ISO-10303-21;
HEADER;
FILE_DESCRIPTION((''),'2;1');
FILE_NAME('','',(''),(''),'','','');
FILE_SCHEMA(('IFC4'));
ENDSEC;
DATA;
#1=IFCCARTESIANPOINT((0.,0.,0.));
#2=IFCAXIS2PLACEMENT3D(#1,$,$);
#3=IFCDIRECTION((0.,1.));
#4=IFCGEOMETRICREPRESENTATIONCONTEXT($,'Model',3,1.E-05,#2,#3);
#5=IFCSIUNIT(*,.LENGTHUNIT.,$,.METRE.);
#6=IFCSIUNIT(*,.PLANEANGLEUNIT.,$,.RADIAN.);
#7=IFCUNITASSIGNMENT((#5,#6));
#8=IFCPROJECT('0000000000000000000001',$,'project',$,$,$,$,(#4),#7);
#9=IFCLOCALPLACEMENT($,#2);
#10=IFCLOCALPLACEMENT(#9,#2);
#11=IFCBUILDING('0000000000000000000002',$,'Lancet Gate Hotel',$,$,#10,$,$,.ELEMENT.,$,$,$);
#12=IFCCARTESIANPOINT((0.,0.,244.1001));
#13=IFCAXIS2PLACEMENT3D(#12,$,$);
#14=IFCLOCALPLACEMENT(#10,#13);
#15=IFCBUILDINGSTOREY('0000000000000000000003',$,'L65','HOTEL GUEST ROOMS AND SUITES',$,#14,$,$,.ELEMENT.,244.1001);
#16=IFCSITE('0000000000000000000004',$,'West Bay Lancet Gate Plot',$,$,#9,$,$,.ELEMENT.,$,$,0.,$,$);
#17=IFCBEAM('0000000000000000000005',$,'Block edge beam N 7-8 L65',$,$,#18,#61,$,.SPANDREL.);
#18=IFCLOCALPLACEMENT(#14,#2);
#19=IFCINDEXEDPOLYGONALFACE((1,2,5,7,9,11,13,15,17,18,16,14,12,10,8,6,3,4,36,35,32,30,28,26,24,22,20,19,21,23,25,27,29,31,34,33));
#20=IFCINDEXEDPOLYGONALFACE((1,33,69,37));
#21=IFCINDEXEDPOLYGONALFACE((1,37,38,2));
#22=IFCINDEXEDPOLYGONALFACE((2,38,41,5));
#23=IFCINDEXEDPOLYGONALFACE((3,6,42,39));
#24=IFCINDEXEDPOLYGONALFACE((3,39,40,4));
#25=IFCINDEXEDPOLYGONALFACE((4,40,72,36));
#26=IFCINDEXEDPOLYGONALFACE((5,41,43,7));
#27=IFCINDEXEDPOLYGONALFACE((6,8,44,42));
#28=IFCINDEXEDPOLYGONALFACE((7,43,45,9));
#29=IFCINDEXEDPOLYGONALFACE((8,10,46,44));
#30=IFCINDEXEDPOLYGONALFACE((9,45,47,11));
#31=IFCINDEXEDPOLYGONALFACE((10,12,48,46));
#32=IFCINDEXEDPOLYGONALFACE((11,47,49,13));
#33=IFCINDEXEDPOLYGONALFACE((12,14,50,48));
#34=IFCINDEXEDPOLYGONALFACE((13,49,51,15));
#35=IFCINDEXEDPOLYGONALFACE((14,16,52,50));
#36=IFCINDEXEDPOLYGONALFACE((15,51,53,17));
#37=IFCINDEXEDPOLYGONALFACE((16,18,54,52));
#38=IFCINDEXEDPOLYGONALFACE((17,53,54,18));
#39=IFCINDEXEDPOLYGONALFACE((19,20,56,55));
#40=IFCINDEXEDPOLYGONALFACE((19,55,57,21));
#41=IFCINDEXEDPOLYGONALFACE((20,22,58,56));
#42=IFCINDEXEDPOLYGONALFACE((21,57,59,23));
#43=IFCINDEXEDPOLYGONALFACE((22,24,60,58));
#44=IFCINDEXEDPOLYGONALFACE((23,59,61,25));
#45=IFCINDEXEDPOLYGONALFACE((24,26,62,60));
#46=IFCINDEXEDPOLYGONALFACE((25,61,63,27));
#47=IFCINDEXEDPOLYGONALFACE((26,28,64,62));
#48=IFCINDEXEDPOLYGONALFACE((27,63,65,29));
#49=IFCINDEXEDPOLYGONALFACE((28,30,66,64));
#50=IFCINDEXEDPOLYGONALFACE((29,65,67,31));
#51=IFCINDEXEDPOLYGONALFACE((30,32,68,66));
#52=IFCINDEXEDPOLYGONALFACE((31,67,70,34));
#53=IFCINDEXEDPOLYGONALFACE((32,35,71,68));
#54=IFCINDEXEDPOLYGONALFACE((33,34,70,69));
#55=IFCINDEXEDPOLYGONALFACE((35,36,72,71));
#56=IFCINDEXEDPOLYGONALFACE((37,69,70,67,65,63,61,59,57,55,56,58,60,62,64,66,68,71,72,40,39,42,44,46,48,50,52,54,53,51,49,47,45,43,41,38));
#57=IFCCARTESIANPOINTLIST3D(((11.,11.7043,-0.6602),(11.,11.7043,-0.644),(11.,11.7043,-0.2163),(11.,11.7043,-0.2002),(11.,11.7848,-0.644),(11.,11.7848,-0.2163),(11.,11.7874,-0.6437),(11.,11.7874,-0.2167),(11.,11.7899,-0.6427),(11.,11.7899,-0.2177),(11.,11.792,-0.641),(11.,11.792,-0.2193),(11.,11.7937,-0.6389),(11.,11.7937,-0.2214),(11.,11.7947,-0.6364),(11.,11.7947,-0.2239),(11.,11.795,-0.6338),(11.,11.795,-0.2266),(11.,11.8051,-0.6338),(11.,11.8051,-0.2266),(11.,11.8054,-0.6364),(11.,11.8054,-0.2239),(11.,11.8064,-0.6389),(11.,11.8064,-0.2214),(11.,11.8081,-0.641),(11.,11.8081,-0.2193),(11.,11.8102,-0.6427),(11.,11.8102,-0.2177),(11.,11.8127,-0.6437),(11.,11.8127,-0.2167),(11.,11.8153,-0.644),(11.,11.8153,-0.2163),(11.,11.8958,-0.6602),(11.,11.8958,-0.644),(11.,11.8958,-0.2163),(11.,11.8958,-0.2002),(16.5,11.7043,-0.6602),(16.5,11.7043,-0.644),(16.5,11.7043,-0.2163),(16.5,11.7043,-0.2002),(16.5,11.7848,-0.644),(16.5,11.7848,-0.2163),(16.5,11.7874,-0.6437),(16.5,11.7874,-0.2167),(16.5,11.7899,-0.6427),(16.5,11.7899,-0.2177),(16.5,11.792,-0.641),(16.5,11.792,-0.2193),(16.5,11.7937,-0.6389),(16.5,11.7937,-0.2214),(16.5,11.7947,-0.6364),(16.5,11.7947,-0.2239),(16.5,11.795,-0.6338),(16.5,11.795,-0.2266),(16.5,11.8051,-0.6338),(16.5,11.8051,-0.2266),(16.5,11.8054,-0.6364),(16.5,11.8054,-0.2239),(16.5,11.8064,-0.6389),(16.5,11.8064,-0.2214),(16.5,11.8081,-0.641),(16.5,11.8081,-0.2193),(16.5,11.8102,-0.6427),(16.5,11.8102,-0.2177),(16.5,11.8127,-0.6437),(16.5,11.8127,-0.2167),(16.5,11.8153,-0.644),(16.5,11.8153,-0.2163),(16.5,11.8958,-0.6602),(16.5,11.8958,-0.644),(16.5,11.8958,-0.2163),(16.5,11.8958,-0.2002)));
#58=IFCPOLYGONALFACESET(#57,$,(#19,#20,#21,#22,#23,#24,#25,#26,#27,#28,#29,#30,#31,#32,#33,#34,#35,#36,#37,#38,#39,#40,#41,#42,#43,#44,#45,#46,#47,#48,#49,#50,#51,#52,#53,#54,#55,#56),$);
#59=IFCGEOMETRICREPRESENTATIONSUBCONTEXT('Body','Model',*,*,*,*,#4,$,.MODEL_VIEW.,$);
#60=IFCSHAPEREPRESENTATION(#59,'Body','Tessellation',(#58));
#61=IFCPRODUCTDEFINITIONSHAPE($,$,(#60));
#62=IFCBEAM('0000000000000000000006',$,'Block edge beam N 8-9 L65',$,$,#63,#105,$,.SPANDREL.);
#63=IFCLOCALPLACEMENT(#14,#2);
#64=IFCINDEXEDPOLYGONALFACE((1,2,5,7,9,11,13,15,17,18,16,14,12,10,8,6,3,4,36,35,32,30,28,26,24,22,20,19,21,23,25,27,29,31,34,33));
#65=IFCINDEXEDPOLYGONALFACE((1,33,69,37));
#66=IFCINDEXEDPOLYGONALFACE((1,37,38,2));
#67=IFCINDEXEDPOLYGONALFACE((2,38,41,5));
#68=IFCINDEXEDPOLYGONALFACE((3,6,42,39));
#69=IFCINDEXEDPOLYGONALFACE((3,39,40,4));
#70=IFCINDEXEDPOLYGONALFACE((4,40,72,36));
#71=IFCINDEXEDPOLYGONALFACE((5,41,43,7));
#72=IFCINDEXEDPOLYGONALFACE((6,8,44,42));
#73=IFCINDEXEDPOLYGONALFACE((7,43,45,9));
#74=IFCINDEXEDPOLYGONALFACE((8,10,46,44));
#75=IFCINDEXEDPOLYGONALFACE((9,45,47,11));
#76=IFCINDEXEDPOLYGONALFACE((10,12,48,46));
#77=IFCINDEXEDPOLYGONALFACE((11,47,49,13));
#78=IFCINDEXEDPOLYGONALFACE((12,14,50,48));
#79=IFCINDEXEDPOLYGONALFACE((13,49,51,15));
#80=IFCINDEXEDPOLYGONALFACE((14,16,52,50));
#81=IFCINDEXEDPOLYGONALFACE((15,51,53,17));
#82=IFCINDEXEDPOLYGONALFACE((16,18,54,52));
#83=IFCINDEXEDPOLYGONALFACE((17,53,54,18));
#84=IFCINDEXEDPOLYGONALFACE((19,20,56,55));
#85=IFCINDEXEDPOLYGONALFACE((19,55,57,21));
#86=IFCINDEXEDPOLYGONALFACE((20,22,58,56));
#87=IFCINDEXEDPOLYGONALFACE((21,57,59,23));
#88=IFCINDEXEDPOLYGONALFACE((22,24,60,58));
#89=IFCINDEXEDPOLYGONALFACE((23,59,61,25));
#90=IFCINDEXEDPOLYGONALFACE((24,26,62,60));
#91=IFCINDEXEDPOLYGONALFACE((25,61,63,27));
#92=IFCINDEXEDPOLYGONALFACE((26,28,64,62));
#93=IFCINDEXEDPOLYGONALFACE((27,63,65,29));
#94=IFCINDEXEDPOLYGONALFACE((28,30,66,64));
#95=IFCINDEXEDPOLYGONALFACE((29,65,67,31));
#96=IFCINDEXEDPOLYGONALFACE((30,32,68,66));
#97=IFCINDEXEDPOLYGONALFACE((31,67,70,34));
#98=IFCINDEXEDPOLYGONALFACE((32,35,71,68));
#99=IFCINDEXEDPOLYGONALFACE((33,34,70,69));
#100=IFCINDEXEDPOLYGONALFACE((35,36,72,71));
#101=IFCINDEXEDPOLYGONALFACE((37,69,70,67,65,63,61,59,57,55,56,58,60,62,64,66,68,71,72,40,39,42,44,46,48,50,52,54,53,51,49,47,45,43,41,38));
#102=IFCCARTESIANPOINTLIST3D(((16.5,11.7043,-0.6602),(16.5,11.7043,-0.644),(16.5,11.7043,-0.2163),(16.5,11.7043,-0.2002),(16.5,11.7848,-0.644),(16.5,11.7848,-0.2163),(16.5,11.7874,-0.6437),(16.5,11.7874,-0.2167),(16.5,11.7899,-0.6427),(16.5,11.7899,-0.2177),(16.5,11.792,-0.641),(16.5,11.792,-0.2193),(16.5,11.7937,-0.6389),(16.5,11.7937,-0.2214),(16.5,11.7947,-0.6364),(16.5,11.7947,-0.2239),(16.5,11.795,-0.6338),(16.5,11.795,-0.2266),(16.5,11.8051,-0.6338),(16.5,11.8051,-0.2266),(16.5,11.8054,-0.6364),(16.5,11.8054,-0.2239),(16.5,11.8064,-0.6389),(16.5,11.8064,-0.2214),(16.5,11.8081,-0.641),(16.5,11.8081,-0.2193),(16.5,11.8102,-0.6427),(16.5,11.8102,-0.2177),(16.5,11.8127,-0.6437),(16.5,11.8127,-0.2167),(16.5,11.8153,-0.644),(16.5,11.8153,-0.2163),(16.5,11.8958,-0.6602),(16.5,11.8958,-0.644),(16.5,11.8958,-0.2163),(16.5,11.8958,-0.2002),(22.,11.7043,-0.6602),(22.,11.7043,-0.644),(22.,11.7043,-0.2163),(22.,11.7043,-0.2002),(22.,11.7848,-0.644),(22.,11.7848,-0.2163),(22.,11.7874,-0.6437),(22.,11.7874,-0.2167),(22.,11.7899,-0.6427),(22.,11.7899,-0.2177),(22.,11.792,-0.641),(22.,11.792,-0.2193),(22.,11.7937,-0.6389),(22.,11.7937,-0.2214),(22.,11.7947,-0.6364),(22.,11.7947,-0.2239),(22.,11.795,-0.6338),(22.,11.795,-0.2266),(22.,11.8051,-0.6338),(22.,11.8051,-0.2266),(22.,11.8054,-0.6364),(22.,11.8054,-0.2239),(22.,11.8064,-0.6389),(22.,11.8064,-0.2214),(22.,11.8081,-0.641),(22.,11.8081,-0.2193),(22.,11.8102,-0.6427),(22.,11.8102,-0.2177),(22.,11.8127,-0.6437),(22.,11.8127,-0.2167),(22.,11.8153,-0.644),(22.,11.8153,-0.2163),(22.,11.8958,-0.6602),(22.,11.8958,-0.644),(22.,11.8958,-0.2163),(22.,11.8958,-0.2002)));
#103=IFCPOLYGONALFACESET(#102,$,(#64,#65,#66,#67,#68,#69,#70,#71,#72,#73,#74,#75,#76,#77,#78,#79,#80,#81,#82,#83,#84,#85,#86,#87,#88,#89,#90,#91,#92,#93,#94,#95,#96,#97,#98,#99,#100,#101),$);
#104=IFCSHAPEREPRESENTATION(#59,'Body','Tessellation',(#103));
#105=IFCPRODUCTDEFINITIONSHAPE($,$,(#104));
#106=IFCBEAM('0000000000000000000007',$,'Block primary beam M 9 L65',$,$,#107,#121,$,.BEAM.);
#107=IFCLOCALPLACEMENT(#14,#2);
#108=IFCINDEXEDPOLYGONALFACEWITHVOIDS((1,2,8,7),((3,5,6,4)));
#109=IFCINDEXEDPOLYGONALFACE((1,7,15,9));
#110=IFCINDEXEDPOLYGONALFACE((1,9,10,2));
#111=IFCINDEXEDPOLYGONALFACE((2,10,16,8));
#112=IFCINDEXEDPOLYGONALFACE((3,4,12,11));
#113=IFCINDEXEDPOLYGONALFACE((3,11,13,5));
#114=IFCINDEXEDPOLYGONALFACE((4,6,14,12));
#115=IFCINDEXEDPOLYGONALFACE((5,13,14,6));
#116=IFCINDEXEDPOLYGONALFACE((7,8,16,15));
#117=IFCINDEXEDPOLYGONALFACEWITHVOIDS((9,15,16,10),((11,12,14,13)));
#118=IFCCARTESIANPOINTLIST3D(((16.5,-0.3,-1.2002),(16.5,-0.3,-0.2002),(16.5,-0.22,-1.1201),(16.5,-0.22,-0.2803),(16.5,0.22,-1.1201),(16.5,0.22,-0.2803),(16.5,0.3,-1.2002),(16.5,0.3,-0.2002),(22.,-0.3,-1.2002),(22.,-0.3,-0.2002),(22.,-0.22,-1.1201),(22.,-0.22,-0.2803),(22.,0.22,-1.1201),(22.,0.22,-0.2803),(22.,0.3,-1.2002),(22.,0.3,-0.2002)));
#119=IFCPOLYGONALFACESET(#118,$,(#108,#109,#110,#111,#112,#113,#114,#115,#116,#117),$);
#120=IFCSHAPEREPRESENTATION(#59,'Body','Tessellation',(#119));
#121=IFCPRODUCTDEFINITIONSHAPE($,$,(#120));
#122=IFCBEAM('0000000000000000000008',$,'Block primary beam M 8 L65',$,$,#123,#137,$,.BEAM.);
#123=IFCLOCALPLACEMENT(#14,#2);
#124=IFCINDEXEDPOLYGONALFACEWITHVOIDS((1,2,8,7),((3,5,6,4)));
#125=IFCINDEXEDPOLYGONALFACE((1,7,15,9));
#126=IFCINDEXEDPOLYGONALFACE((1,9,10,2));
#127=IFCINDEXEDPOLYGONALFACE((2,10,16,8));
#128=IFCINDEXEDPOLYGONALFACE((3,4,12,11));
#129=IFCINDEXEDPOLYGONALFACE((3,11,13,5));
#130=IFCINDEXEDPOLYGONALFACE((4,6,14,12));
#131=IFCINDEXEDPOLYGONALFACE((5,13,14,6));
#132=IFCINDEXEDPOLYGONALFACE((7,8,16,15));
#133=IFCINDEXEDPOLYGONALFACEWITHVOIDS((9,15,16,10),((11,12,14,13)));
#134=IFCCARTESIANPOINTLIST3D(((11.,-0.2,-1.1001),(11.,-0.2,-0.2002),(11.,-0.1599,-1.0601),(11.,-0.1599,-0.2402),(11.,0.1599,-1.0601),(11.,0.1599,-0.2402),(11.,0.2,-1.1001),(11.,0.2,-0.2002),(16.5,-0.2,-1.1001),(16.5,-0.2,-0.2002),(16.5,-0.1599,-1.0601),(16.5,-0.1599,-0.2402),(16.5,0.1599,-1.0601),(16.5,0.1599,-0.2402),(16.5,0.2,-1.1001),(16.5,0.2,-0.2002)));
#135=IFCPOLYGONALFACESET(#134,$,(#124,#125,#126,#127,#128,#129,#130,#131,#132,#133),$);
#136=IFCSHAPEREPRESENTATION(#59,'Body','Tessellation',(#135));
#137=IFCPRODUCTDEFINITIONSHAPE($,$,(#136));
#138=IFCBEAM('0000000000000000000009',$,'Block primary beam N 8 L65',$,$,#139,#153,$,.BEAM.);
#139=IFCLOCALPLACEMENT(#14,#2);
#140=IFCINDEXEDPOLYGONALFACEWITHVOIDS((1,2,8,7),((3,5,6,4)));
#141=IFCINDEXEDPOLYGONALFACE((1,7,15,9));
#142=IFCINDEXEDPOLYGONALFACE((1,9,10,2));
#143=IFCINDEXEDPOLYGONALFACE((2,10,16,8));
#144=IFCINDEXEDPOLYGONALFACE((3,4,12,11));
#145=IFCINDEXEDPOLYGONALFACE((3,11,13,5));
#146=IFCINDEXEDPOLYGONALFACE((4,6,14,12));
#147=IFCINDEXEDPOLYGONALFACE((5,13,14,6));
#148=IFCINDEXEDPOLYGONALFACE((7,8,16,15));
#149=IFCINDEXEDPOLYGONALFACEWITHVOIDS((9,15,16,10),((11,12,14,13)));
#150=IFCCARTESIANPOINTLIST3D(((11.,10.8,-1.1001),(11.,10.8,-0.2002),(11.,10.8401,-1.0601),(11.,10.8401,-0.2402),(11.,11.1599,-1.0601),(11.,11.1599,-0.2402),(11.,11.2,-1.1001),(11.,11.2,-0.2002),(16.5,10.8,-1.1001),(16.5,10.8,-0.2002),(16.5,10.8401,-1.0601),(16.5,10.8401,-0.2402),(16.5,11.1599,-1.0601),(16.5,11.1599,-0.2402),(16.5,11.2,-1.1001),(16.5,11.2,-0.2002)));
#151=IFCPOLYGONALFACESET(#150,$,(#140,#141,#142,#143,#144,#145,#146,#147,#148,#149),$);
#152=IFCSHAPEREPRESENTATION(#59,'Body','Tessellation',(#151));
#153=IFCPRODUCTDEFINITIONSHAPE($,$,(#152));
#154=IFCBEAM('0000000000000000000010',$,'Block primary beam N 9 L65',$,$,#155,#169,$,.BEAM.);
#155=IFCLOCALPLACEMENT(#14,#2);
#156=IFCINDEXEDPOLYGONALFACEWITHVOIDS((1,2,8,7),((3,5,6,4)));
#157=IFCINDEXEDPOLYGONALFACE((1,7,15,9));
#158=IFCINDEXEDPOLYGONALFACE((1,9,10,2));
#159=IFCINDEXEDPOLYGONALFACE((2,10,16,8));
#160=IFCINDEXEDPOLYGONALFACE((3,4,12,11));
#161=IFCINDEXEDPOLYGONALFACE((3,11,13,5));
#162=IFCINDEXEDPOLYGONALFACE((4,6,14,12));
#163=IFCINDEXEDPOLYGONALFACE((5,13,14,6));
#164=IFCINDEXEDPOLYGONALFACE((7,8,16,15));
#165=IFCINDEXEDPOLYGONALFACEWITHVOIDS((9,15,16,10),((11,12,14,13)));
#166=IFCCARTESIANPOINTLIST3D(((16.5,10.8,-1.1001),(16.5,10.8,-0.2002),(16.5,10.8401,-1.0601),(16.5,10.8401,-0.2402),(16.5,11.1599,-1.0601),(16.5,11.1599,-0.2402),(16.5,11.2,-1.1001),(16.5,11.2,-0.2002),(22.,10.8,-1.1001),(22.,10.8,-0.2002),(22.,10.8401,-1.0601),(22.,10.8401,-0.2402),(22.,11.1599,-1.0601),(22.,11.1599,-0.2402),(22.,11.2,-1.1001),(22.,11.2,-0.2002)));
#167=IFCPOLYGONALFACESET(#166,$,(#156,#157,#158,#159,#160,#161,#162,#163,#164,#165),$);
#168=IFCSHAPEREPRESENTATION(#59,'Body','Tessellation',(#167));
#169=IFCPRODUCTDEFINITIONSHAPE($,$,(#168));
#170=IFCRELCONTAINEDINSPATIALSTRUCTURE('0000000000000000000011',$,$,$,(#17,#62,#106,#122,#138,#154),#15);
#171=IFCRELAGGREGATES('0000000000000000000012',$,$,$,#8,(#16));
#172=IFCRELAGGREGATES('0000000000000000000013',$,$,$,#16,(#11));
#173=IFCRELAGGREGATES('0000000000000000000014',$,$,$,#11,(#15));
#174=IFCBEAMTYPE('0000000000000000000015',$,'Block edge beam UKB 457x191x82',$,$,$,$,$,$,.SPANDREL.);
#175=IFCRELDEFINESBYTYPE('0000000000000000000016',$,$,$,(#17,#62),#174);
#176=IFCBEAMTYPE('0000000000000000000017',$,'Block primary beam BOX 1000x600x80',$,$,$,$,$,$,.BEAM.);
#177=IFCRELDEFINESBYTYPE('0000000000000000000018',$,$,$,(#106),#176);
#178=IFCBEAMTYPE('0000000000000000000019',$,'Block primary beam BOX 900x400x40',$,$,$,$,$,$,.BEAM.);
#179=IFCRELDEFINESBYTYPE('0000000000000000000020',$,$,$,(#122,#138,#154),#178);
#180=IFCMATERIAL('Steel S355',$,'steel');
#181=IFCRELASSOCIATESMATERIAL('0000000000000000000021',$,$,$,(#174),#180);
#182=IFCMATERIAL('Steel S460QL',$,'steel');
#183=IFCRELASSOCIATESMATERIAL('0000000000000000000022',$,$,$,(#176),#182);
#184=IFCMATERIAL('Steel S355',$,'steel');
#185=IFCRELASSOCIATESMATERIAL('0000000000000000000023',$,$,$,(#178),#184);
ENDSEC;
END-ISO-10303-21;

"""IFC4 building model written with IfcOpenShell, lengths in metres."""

from ifc_helpers import new_model, si_unit, direction, frame, origin, origin_2d, place, context, subcontext, project, spatial, hollow_rectangle, i_section, extrude, material, material_profile, profile_set, type_object, element, save


model = new_model("IFC4")

# Units and contexts
model_context = context("Model", 3, precision=1e-05, world=origin(), true_north=direction((0.0, 1.0)))
body_context = subcontext(model_context, "Body", "Model", "MODEL_VIEW")
ifc_project = project(units=[si_unit("LENGTHUNIT", "METRE"), si_unit("PLANEANGLEUNIT", "RADIAN")], contexts=[model_context])

# Site, building, storey
site_placement = place(None, origin())
site = spatial("IfcSite", under=ifc_project, at=site_placement, Name="West Bay Lancet Gate Plot", CompositionType="ELEMENT", RefElevation=0.0)
building_placement = place(site_placement, origin())
building = spatial("IfcBuilding", under=site, at=building_placement, Name="Lancet Gate Hotel", CompositionType="ELEMENT")
storey_placement = place(building_placement, frame((0.0, 0.0, 244.1001)))
storey = spatial("IfcBuildingStorey", under=building, at=storey_placement, Name="L65", Description="HOTEL GUEST ROOMS AND SUITES", CompositionType="ELEMENT", Elevation=244.1001)

# Beams
ifc_material_1 = material(Name="Steel S355", Category="steel")
ifc_material_profile_1 = material_profile(ifc_material_1, i_section(OverallWidth=0.1914, OverallDepth=0.46, WebThickness=0.01, FlangeThickness=0.0161, FilletRadius=0.0103, at=origin_2d()), Name="UKB 457x191x82")
ifc_profile_set_1 = profile_set([ifc_material_profile_1], Name="Steel S355")
beam_type_1 = type_object("IfcBeamType", Name="Block edge beam UKB 457x191x82", PredefinedType="SPANDREL", material=ifc_profile_set_1)
for number, where, z_axis, x_axis, name in (
    (1, (11.0, 11.8, -0.4302), (1.0, 0.0, 0.0), (0.0, 1.0, 0.0), "Block edge beam N 7-8 L65"),
    (2, (16.5, 11.8, -0.4302), (1.0, 0.0, 0.0), (0.0, 1.0, 0.0), "Block edge beam N 8-9 L65"),
):
    element("IfcBeam", number, at=place(storey_placement, frame(where, z_axis=z_axis, x_axis=x_axis)), inside=storey, type_object=beam_type_1, Name=name, PredefinedType="SPANDREL", context=body_context, shape_type="SweptSolid", body=[
        extrude(i_section(OverallWidth=0.1914, OverallDepth=0.46, WebThickness=0.01, FlangeThickness=0.0161, FilletRadius=0.0103, at=origin_2d()), origin(), (0.0, 0.0, 1.0), 5.5),
    ])
ifc_material_2 = material(Name="Steel S460QL", Category="steel")
ifc_material_profile_2 = material_profile(ifc_material_2, hollow_rectangle(XDim=0.6001, YDim=1.0, WallThickness=0.0801, at=origin_2d()), Name="BOX 1000x600x80")
ifc_profile_set_2 = profile_set([ifc_material_profile_2], Name="Steel S460QL")
beam_type_2 = type_object("IfcBeamType", Name="Block primary beam BOX 1000x600x80", PredefinedType="BEAM", material=ifc_profile_set_2)
beam_1_placement = place(storey_placement, frame((16.5, 0.0, -0.7002), z_axis=(1.0, 0.0, 0.0), x_axis=(0.0, 1.0, 0.0)))
element("IfcBeam", 3, at=beam_1_placement, inside=storey, type_object=beam_type_2, Name="Block primary beam M 9 L65", PredefinedType="BEAM", context=body_context, shape_type="SweptSolid", body=[
    extrude(hollow_rectangle(XDim=0.6001, YDim=1.0, WallThickness=0.0801, at=origin_2d()), origin(), (0.0, 0.0, 1.0), 5.5),
])
ifc_material_3 = material(Name="Steel S355", Category="steel")
ifc_material_profile_3 = material_profile(ifc_material_3, hollow_rectangle(XDim=0.3999, YDim=0.8999, WallThickness=0.04, at=origin_2d()), Name="BOX 900x400x40")
ifc_profile_set_3 = profile_set([ifc_material_profile_3], Name="Steel S355")
beam_type_3 = type_object("IfcBeamType", Name="Block primary beam BOX 900x400x40", PredefinedType="BEAM", material=ifc_profile_set_3)
for number, where, z_axis, x_axis, name in (
    (4, (11.0, 0.0, -0.6501), (1.0, 0.0, 0.0), (0.0, 1.0, 0.0), "Block primary beam M 8 L65"),
    (5, (11.0, 11.0, -0.6501), (1.0, 0.0, 0.0), (0.0, 1.0, 0.0), "Block primary beam N 8 L65"),
    (6, (16.5, 11.0, -0.6501), (1.0, 0.0, 0.0), (0.0, 1.0, 0.0), "Block primary beam N 9 L65"),
):
    element("IfcBeam", number, at=place(storey_placement, frame(where, z_axis=z_axis, x_axis=x_axis)), inside=storey, type_object=beam_type_3, Name=name, PredefinedType="BEAM", context=body_context, shape_type="SweptSolid", body=[
        extrude(hollow_rectangle(XDim=0.3999, YDim=0.8999, WallThickness=0.04, at=origin_2d()), origin(), (0.0, 0.0, 1.0), 5.5),
    ])

save(model, "model.ifc")
